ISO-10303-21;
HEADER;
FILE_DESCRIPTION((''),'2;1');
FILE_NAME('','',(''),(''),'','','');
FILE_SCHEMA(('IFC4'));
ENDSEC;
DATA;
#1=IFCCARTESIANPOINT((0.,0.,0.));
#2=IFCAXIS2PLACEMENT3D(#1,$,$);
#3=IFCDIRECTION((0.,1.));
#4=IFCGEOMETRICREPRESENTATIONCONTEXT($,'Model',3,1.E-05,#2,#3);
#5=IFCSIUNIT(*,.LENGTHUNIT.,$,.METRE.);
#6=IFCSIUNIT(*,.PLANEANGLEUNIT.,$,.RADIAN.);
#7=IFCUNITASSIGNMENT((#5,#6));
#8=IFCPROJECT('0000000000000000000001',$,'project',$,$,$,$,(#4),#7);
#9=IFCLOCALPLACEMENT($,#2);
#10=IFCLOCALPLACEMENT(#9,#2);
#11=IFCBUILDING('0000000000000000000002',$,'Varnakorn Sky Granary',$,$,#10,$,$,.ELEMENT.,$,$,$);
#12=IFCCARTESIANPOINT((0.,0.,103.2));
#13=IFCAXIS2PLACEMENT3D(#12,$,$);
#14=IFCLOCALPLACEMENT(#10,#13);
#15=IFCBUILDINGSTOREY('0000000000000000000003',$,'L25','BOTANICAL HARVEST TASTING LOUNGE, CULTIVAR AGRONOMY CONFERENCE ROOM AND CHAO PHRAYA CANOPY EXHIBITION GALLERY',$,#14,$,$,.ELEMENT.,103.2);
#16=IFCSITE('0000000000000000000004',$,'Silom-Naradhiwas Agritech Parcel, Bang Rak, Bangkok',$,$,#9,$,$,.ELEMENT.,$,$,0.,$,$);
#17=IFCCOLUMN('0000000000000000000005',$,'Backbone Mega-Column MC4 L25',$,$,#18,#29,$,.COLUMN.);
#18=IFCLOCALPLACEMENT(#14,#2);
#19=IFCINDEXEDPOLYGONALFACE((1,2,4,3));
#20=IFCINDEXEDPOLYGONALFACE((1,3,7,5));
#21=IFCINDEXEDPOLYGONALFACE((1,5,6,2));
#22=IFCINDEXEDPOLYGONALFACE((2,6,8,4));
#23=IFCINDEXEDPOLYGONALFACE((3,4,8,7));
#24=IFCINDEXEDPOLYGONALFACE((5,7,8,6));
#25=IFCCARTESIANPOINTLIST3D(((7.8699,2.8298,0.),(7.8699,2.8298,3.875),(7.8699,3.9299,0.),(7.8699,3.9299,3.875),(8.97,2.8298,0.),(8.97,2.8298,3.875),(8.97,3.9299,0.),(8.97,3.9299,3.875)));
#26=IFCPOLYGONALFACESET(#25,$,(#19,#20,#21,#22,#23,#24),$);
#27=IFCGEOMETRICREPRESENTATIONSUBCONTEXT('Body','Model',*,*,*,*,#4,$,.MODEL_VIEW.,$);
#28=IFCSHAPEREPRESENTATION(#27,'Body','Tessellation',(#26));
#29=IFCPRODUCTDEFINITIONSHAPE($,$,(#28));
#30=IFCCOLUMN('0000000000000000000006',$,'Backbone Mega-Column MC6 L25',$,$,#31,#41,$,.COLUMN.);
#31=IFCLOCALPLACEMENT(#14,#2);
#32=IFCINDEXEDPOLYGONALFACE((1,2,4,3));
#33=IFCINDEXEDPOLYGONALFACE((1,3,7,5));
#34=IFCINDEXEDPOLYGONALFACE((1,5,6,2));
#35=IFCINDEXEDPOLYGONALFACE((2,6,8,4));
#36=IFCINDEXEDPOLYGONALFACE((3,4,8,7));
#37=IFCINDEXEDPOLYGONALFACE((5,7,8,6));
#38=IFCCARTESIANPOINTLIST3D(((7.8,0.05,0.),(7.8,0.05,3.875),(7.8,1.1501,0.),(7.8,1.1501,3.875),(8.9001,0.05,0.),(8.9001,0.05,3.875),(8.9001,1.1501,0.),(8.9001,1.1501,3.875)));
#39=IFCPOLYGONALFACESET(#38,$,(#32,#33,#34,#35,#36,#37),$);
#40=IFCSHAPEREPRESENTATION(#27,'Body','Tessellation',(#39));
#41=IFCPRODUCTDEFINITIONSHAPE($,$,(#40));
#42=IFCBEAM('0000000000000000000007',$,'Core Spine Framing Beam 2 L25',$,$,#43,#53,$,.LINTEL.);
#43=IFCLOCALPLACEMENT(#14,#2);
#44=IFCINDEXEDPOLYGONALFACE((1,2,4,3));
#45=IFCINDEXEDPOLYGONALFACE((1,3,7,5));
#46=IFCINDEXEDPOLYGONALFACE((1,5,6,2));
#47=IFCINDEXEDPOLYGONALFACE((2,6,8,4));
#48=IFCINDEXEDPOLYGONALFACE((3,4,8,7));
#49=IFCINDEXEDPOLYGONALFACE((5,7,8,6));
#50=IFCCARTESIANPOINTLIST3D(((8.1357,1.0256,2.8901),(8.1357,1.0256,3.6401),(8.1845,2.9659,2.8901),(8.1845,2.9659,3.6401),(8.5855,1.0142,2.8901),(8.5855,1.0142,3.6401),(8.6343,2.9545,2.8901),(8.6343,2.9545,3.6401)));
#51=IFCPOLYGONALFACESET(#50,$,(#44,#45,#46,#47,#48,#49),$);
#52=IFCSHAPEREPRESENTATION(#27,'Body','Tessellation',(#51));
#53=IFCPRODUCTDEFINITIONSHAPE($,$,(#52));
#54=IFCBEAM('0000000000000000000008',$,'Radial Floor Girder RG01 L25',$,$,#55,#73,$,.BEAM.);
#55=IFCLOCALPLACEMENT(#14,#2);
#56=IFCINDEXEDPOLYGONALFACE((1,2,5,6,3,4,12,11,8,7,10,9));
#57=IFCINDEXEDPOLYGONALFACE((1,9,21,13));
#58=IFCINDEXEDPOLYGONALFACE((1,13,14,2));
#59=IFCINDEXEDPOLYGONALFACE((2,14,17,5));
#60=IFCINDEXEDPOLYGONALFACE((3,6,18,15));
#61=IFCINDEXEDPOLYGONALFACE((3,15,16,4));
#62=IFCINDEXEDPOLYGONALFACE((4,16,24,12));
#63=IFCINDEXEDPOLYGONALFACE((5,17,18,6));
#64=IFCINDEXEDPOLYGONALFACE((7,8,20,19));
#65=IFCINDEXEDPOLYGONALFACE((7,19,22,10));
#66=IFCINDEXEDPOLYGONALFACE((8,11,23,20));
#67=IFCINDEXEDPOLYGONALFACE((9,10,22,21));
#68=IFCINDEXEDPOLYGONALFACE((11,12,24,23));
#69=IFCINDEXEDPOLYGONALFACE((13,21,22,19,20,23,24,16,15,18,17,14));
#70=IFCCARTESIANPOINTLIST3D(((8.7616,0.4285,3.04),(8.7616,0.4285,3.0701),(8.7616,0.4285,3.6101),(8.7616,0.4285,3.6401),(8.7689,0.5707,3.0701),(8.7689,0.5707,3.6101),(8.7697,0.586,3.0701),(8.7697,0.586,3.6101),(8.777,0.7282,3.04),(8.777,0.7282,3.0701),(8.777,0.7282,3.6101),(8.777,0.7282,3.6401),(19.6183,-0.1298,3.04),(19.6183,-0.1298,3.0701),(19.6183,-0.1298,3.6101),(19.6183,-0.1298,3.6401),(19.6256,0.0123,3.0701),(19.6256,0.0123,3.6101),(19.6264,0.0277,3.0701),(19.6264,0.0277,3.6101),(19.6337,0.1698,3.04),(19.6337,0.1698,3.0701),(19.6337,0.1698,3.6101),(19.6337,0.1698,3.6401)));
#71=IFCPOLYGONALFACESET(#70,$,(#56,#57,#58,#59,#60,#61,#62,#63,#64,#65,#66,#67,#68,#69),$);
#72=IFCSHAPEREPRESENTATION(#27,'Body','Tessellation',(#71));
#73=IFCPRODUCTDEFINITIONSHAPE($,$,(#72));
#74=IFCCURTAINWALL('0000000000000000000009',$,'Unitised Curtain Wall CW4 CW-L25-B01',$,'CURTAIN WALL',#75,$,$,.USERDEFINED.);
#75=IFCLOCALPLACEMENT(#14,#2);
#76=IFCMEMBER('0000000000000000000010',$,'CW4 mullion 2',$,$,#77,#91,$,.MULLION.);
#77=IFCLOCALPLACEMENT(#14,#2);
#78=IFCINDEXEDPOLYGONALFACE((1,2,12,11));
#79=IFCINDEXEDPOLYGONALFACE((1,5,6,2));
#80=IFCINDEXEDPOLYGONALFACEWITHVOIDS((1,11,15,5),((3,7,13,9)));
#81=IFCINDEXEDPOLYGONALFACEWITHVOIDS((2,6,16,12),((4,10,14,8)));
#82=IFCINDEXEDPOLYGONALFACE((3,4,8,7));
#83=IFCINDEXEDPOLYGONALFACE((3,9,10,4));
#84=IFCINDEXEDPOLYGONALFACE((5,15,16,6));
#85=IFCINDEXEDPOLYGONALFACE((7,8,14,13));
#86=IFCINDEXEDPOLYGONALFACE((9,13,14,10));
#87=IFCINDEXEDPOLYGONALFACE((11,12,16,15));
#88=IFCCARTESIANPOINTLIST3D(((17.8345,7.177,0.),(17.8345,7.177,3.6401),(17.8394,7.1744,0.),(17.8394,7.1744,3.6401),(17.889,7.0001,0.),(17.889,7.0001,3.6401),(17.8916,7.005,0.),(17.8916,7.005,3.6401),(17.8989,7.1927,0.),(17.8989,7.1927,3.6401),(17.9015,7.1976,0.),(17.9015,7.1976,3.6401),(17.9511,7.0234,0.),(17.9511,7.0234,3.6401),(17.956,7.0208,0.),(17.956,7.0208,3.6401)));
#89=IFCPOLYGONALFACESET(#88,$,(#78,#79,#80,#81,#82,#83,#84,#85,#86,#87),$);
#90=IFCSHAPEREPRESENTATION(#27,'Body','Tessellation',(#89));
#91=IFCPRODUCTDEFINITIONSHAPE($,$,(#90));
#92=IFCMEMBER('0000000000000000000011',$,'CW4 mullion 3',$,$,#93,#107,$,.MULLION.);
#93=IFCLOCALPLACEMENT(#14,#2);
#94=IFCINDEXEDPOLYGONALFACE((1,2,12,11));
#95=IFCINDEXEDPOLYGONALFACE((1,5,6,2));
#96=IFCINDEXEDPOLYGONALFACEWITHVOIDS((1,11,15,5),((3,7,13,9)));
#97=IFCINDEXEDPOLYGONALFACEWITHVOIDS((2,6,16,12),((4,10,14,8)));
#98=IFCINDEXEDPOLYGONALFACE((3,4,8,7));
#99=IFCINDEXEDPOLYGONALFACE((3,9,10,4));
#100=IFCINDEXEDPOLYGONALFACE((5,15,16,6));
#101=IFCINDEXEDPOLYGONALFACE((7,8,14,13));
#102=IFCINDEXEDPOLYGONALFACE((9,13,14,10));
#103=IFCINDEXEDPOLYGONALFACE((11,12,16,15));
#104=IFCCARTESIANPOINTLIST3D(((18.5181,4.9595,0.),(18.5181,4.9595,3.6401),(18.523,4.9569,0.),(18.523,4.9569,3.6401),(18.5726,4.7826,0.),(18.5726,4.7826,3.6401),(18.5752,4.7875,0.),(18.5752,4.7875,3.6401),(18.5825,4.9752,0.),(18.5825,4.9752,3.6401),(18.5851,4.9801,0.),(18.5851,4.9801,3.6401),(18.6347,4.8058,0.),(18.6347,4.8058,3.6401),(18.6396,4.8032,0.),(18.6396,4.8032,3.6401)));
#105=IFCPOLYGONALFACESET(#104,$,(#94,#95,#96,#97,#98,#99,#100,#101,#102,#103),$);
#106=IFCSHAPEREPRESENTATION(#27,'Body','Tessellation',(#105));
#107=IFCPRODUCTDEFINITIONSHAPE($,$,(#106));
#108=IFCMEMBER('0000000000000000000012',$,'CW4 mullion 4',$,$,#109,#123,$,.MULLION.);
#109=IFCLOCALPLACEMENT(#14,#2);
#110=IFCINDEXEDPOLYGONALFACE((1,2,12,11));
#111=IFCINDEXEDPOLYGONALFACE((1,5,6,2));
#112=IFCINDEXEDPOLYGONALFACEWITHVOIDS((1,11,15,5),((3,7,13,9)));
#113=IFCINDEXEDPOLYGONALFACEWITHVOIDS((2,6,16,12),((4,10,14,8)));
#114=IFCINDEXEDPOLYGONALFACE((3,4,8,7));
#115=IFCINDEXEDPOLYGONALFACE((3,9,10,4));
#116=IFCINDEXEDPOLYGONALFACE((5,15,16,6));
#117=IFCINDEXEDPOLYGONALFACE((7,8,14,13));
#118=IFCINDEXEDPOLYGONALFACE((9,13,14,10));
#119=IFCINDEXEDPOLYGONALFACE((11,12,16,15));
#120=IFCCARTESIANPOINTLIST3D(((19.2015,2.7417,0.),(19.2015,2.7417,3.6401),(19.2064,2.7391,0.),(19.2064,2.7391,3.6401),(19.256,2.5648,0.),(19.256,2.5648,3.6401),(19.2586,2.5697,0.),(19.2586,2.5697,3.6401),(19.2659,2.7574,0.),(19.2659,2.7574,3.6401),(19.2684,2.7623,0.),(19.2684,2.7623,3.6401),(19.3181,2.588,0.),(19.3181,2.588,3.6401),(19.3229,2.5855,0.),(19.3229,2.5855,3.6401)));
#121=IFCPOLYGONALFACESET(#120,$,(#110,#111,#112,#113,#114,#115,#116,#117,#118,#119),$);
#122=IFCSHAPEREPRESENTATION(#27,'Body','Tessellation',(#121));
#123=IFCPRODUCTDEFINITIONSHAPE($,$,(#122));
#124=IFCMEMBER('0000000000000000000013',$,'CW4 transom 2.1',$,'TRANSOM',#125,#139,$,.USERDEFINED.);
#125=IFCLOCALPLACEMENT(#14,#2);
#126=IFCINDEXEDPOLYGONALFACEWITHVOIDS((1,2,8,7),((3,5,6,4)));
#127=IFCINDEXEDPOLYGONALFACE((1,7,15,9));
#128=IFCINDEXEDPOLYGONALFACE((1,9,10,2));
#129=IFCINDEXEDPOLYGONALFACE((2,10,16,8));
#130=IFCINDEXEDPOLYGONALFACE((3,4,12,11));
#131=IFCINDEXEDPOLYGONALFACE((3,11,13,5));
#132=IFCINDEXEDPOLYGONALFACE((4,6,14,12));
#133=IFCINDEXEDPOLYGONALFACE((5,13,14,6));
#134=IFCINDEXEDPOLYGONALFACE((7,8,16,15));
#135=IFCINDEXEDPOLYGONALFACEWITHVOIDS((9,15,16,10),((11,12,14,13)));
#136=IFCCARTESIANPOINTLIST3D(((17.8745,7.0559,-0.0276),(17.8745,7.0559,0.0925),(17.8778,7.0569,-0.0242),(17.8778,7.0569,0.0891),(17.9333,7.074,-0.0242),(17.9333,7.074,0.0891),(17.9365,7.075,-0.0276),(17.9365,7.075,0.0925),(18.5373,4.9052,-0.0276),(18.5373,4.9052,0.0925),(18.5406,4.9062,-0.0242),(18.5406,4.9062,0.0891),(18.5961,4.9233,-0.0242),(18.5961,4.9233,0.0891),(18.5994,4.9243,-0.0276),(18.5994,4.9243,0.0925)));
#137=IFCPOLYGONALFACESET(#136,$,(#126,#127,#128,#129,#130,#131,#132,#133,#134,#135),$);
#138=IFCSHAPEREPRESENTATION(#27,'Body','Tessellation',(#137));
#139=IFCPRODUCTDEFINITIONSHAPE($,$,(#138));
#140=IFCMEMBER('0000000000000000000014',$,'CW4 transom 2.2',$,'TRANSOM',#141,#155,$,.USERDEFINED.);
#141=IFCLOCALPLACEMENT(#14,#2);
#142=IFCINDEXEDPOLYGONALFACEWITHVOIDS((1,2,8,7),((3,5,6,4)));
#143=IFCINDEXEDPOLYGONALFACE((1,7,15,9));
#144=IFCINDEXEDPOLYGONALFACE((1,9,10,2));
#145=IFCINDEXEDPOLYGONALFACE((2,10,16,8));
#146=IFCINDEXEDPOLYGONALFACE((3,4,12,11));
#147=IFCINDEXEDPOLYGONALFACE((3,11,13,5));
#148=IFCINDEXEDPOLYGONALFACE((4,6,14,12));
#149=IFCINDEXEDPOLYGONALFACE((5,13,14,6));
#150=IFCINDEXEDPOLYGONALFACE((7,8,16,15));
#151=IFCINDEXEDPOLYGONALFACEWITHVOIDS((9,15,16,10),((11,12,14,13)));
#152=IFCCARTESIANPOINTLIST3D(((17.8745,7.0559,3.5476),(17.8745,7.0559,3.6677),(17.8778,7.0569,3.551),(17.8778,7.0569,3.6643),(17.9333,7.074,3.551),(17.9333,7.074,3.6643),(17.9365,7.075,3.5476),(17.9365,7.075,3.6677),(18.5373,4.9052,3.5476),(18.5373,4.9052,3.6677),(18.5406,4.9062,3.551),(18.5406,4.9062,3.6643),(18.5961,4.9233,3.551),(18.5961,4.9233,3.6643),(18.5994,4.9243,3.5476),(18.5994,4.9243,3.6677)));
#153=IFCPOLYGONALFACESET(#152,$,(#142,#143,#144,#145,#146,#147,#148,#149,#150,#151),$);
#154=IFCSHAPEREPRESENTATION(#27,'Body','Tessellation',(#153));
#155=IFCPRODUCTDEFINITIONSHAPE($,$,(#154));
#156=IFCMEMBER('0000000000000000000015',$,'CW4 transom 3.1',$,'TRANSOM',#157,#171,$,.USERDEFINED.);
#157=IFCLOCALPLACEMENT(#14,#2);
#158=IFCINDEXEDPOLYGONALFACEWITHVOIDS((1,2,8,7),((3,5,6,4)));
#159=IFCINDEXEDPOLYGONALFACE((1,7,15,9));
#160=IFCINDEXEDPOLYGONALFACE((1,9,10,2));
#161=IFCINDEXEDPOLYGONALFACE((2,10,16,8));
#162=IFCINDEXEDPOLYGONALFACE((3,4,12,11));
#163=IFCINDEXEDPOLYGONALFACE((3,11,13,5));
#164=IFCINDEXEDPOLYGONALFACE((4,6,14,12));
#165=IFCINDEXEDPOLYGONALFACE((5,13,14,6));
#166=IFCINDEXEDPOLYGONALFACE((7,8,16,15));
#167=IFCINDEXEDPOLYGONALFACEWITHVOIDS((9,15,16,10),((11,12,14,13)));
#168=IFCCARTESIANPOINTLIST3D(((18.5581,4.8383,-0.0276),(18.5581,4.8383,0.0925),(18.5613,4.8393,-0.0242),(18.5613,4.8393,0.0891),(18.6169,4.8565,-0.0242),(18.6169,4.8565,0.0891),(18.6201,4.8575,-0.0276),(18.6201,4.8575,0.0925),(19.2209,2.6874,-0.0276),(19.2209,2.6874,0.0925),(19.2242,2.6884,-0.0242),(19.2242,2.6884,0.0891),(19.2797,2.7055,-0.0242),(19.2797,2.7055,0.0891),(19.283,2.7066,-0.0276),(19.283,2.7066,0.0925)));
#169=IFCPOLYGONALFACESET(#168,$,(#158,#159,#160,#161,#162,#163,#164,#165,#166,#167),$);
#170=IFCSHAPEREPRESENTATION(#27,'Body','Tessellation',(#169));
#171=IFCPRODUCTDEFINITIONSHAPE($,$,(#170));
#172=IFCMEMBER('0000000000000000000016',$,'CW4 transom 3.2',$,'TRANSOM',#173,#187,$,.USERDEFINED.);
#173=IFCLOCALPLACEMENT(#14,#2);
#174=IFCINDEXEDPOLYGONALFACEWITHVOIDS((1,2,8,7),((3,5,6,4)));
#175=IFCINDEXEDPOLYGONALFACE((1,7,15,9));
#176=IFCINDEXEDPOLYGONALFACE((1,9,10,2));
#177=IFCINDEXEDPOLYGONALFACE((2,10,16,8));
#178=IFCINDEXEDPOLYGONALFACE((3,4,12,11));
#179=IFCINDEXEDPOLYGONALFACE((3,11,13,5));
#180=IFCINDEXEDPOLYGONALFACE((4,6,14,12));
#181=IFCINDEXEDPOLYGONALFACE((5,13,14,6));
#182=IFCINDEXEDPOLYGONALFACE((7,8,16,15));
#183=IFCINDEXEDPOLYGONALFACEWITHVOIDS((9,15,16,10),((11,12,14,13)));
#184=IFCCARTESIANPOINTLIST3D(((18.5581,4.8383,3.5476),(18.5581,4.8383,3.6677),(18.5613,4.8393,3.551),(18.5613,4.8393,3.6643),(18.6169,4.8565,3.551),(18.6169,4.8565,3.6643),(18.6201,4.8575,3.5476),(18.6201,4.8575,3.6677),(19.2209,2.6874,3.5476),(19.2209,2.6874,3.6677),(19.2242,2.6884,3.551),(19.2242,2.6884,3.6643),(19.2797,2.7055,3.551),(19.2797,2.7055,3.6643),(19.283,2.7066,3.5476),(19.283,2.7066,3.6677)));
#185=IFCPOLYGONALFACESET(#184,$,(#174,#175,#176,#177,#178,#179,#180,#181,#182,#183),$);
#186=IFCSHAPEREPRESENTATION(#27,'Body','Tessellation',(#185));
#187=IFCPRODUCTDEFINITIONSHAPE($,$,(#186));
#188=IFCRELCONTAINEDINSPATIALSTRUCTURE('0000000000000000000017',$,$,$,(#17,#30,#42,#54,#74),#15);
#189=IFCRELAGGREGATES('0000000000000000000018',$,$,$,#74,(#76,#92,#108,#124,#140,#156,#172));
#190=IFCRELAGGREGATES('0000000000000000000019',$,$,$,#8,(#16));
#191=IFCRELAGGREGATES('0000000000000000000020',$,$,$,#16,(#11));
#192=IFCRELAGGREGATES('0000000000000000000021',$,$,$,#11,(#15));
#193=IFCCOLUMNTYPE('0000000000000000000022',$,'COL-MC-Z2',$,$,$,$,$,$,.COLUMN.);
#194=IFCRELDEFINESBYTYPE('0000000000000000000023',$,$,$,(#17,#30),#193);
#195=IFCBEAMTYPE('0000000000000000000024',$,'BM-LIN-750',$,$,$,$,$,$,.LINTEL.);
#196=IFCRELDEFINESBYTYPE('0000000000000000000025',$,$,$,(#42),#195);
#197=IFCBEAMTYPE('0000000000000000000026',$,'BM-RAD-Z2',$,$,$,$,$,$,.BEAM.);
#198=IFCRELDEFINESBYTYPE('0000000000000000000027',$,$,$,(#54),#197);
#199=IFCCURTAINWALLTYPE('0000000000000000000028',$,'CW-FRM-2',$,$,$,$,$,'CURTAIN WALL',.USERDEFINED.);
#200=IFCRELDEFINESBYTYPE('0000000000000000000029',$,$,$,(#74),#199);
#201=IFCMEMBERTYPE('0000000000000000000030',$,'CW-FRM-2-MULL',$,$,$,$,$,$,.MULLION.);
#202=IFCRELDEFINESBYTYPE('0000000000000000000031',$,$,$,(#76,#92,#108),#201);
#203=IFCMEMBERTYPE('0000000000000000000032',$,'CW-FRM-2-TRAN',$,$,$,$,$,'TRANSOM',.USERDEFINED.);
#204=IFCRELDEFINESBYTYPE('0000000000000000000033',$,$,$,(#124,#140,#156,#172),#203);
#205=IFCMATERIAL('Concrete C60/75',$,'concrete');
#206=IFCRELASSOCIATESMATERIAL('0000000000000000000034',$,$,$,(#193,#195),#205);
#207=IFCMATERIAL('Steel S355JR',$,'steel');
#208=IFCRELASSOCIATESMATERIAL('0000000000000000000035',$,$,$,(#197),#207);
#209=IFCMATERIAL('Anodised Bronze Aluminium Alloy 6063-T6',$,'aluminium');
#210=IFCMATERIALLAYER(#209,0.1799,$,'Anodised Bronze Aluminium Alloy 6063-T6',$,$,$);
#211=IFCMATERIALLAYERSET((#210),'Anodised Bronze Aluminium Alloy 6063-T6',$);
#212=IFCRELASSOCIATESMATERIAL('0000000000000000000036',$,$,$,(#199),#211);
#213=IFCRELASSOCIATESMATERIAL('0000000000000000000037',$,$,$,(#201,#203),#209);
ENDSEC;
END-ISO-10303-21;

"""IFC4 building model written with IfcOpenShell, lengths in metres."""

from ifc_helpers import new_model, si_unit, direction, frame, origin, origin_2d, place, context, subcontext, project, spatial, rectangle, hollow_rectangle, i_section, extrude, material, layer, layer_set, material_profile, profile_set, type_object, element, aggregate, save


model = new_model("IFC4")

# Units and contexts
model_context = context("Model", 3, precision=1e-05, world=origin(), true_north=direction((0.0, 1.0)))
body_context = subcontext(model_context, "Body", "Model", "MODEL_VIEW")
ifc_project = project(units=[si_unit("LENGTHUNIT", "METRE"), si_unit("PLANEANGLEUNIT", "RADIAN")], contexts=[model_context])

# Site, building, storey
site_placement = place(None, origin())
site = spatial("IfcSite", under=ifc_project, at=site_placement, Name="Silom-Naradhiwas Agritech Parcel, Bang Rak, Bangkok", CompositionType="ELEMENT", RefElevation=0.0)
building_placement = place(site_placement, origin())
building = spatial("IfcBuilding", under=site, at=building_placement, Name="Varnakorn Sky Granary", CompositionType="ELEMENT")
storey_placement = place(building_placement, frame((0.0, 0.0, 103.2)))
storey = spatial("IfcBuildingStorey", under=building, at=storey_placement, Name="L25", Description="BOTANICAL HARVEST TASTING LOUNGE, CULTIVAR AGRONOMY CONFERENCE ROOM AND CHAO PHRAYA CANOPY EXHIBITION GALLERY", CompositionType="ELEMENT", Elevation=103.2)

# Columns
ifc_material_1 = material(Name="Concrete C60/75", Category="concrete")
ifc_material_profile_1 = material_profile(ifc_material_1, rectangle(XDim=1.1001, YDim=1.1001, at=origin_2d()), Name="RC 1100x1100")
ifc_profile_set_1 = profile_set([ifc_material_profile_1], Name="Concrete C60/75")
column_type = type_object("IfcColumnType", Name="COL-MC-Z2", PredefinedType="COLUMN", material=ifc_profile_set_1)
for number, where, z_axis, x_axis, name in (
    (1, (8.4199, 3.3799, 0.0), (0.0, 0.0, 1.0), (1.0, 0.0, 0.0), "Backbone Mega-Column MC4 L25"),
    (2, (8.3501, 0.6001, 0.0), (0.0, 0.0, 1.0), (1.0, 0.0, 0.0), "Backbone Mega-Column MC6 L25"),
):
    element("IfcColumn", number, at=place(storey_placement, frame(where, z_axis=z_axis, x_axis=x_axis)), inside=storey, type_object=column_type, Name=name, PredefinedType="COLUMN", context=body_context, shape_type="SweptSolid", body=[
        extrude(rectangle(XDim=1.1001, YDim=1.1001, at=origin_2d()), origin(), (0.0, 0.0, 1.0), 3.875),
    ])

# Beams
ifc_material_profile_2 = material_profile(ifc_material_1, rectangle(XDim=0.45, YDim=0.75, at=origin_2d()), Name="RC 450x750")
ifc_profile_set_2 = profile_set([ifc_material_profile_2], Name="Concrete C60/75")
beam_type_1 = type_object("IfcBeamType", Name="BM-LIN-750", PredefinedType="LINTEL", material=ifc_profile_set_2)
beam_1_placement = place(storey_placement, frame((8.4094, 2.9602, 3.2651), z_axis=(-0.025159, -0.999683, 0.0), x_axis=(0.999683, -0.025159, 0.0)))
element("IfcBeam", 3, at=beam_1_placement, inside=storey, type_object=beam_type_1, Name="Core Spine Framing Beam 2 L25", PredefinedType="LINTEL", context=body_context, shape_type="SweptSolid", body=[
    extrude(rectangle(XDim=0.45, YDim=0.75, at=origin_2d()), origin(), (0.0, 0.0, 1.0), 1.9409),
])
ifc_material_2 = material(Name="Steel S355JR", Category="steel")
ifc_material_profile_3 = material_profile(ifc_material_2, i_section(OverallWidth=0.3, OverallDepth=0.6001, WebThickness=0.0154, FlangeThickness=0.03, at=origin_2d()), Name="HE 600 B")
ifc_profile_set_3 = profile_set([ifc_material_profile_3], Name="Steel S355JR")
beam_type_2 = type_object("IfcBeamType", Name="BM-RAD-Z2", PredefinedType="BEAM", material=ifc_profile_set_3)
beam_2_placement = place(storey_placement, frame((8.7693, 0.5784, 3.3401), z_axis=(0.99868, -0.051361, 0.0), x_axis=(0.051361, 0.99868, 0.0)))
element("IfcBeam", 4, at=beam_2_placement, inside=storey, type_object=beam_type_2, Name="Radial Floor Girder RG01 L25", PredefinedType="BEAM", context=body_context, shape_type="SweptSolid", body=[
    extrude(i_section(OverallWidth=0.3, OverallDepth=0.6001, WebThickness=0.0154, FlangeThickness=0.03, at=origin_2d()), origin(), (0.0, 0.0, 1.0), 10.8711),
])

# Curtain wall, members
ifc_material_3 = material(Name="Anodised Bronze Aluminium Alloy 6063-T6", Category="aluminium")
ifc_layer_1 = layer(ifc_material_3, 0.1799, Name="Anodised Bronze Aluminium Alloy 6063-T6")
ifc_layer_set_1 = layer_set([ifc_layer_1], Name="Anodised Bronze Aluminium Alloy 6063-T6")
curtain_wall_type = type_object("IfcCurtainWallType", Name="CW-FRM-2", ElementType="CURTAIN WALL", PredefinedType="USERDEFINED", material=ifc_layer_set_1)
curtain_wall_placement = place(storey_placement, origin())
curtain_wall = element("IfcCurtainWall", 5, at=curtain_wall_placement, inside=storey, type_object=curtain_wall_type, Name="Unitised Curtain Wall CW4 CW-L25-B01", ObjectType="CURTAIN WALL", PredefinedType="USERDEFINED")
ifc_material_profile_4 = material_profile(ifc_material_3, hollow_rectangle(XDim=0.0701, YDim=0.1851, WallThickness=0.0039, at=origin_2d()), Name="ALU MULL 70x185")
ifc_profile_set_4 = profile_set([ifc_material_profile_4], Name="Anodised Bronze Aluminium Alloy 6063-T6")
member_type_1 = type_object("IfcMemberType", Name="CW-FRM-2-MULL", PredefinedType="MULLION", material=ifc_profile_set_4)
member_1_placement = place(storey_placement, frame((17.8953, 7.0989, 0.0), z_axis=(0.0, 0.0, 1.0), x_axis=(0.955652, 0.294498, 0.0)))
member_1 = element("IfcMember", 6, at=member_1_placement, type_object=member_type_1, Name="CW4 mullion 2", PredefinedType="MULLION", context=body_context, shape_type="SweptSolid", body=[
    extrude(hollow_rectangle(XDim=0.0701, YDim=0.1851, WallThickness=0.0039, at=origin_2d()), origin(), (0.0, 0.0, 1.0), 3.6401),
])
member_2_placement = place(storey_placement, frame((18.5789, 4.8813, 0.0), z_axis=(0.0, 0.0, 1.0), x_axis=(0.955652, 0.294498, 0.0)))
member_2 = element("IfcMember", 7, at=member_2_placement, type_object=member_type_1, Name="CW4 mullion 3", PredefinedType="MULLION", context=body_context, shape_type="SweptSolid", body=[
    extrude(hollow_rectangle(XDim=0.0701, YDim=0.1851, WallThickness=0.0039, at=origin_2d()), origin(), (0.0, 0.0, 1.0), 3.6401),
])
member_3_placement = place(storey_placement, frame((19.2622, 2.6636, 0.0), z_axis=(0.0, 0.0, 1.0), x_axis=(0.955652, 0.294498, 0.0)))
member_3 = element("IfcMember", 8, at=member_3_placement, type_object=member_type_1, Name="CW4 mullion 4", PredefinedType="MULLION", context=body_context, shape_type="SweptSolid", body=[
    extrude(hollow_rectangle(XDim=0.0701, YDim=0.1851, WallThickness=0.0039, at=origin_2d()), origin(), (0.0, 0.0, 1.0), 3.6401),
])
ifc_material_profile_5 = material_profile(ifc_material_3, hollow_rectangle(XDim=0.0649, YDim=0.1201, WallThickness=0.0034, at=origin_2d()), Name="ALU TRAN 65x120")
ifc_profile_set_5 = profile_set([ifc_material_profile_5], Name="Anodised Bronze Aluminium Alloy 6063-T6")
member_type_2 = type_object("IfcMemberType", Name="CW-FRM-2-TRAN", ElementType="TRANSOM", PredefinedType="USERDEFINED", material=ifc_profile_set_5)
member_4_placement = place(storey_placement, frame((17.9055, 7.0654, 0.0325), z_axis=(0.294536, -0.955641, 0.0), x_axis=(0.955641, 0.294536, 0.0)))
member_4 = element("IfcMember", 9, at=member_4_placement, type_object=member_type_2, Name="CW4 transom 2.1", ObjectType="TRANSOM", PredefinedType="USERDEFINED", context=body_context, shape_type="SweptSolid", body=[
    extrude(hollow_rectangle(XDim=0.0649, YDim=0.1201, WallThickness=0.0034, at=origin_2d()), origin(), (0.0, 0.0, 1.0), 2.2505),
])
member_5_placement = place(storey_placement, frame((17.9055, 7.0654, 3.6077), z_axis=(0.294536, -0.955641, 0.0), x_axis=(0.955641, 0.294536, 0.0)))
member_5 = element("IfcMember", 10, at=member_5_placement, type_object=member_type_2, Name="CW4 transom 2.2", ObjectType="TRANSOM", PredefinedType="USERDEFINED", context=body_context, shape_type="SweptSolid", body=[
    extrude(hollow_rectangle(XDim=0.0649, YDim=0.1201, WallThickness=0.0034, at=origin_2d()), origin(), (0.0, 0.0, 1.0), 2.2505),
])
member_6_placement = place(storey_placement, frame((18.5891, 4.8479, 0.0325), z_axis=(0.294505, -0.95565, 0.0), x_axis=(0.95565, 0.294505, 0.0)))
member_6 = element("IfcMember", 11, at=member_6_placement, type_object=member_type_2, Name="CW4 transom 3.1", ObjectType="TRANSOM", PredefinedType="USERDEFINED", context=body_context, shape_type="SweptSolid", body=[
    extrude(hollow_rectangle(XDim=0.0649, YDim=0.1201, WallThickness=0.0034, at=origin_2d()), origin(), (0.0, 0.0, 1.0), 2.2507),
])
member_7_placement = place(storey_placement, frame((18.5891, 4.8479, 3.6077), z_axis=(0.294505, -0.95565, 0.0), x_axis=(0.95565, 0.294505, 0.0)))
member_7 = element("IfcMember", 12, at=member_7_placement, type_object=member_type_2, Name="CW4 transom 3.2", ObjectType="TRANSOM", PredefinedType="USERDEFINED", context=body_context, shape_type="SweptSolid", body=[
    extrude(hollow_rectangle(XDim=0.0649, YDim=0.1201, WallThickness=0.0034, at=origin_2d()), origin(), (0.0, 0.0, 1.0), 2.2507),
])

aggregate(curtain_wall, [member_1, member_2, member_3, member_4, member_5, member_6, member_7])

save(model, "model.ifc")
